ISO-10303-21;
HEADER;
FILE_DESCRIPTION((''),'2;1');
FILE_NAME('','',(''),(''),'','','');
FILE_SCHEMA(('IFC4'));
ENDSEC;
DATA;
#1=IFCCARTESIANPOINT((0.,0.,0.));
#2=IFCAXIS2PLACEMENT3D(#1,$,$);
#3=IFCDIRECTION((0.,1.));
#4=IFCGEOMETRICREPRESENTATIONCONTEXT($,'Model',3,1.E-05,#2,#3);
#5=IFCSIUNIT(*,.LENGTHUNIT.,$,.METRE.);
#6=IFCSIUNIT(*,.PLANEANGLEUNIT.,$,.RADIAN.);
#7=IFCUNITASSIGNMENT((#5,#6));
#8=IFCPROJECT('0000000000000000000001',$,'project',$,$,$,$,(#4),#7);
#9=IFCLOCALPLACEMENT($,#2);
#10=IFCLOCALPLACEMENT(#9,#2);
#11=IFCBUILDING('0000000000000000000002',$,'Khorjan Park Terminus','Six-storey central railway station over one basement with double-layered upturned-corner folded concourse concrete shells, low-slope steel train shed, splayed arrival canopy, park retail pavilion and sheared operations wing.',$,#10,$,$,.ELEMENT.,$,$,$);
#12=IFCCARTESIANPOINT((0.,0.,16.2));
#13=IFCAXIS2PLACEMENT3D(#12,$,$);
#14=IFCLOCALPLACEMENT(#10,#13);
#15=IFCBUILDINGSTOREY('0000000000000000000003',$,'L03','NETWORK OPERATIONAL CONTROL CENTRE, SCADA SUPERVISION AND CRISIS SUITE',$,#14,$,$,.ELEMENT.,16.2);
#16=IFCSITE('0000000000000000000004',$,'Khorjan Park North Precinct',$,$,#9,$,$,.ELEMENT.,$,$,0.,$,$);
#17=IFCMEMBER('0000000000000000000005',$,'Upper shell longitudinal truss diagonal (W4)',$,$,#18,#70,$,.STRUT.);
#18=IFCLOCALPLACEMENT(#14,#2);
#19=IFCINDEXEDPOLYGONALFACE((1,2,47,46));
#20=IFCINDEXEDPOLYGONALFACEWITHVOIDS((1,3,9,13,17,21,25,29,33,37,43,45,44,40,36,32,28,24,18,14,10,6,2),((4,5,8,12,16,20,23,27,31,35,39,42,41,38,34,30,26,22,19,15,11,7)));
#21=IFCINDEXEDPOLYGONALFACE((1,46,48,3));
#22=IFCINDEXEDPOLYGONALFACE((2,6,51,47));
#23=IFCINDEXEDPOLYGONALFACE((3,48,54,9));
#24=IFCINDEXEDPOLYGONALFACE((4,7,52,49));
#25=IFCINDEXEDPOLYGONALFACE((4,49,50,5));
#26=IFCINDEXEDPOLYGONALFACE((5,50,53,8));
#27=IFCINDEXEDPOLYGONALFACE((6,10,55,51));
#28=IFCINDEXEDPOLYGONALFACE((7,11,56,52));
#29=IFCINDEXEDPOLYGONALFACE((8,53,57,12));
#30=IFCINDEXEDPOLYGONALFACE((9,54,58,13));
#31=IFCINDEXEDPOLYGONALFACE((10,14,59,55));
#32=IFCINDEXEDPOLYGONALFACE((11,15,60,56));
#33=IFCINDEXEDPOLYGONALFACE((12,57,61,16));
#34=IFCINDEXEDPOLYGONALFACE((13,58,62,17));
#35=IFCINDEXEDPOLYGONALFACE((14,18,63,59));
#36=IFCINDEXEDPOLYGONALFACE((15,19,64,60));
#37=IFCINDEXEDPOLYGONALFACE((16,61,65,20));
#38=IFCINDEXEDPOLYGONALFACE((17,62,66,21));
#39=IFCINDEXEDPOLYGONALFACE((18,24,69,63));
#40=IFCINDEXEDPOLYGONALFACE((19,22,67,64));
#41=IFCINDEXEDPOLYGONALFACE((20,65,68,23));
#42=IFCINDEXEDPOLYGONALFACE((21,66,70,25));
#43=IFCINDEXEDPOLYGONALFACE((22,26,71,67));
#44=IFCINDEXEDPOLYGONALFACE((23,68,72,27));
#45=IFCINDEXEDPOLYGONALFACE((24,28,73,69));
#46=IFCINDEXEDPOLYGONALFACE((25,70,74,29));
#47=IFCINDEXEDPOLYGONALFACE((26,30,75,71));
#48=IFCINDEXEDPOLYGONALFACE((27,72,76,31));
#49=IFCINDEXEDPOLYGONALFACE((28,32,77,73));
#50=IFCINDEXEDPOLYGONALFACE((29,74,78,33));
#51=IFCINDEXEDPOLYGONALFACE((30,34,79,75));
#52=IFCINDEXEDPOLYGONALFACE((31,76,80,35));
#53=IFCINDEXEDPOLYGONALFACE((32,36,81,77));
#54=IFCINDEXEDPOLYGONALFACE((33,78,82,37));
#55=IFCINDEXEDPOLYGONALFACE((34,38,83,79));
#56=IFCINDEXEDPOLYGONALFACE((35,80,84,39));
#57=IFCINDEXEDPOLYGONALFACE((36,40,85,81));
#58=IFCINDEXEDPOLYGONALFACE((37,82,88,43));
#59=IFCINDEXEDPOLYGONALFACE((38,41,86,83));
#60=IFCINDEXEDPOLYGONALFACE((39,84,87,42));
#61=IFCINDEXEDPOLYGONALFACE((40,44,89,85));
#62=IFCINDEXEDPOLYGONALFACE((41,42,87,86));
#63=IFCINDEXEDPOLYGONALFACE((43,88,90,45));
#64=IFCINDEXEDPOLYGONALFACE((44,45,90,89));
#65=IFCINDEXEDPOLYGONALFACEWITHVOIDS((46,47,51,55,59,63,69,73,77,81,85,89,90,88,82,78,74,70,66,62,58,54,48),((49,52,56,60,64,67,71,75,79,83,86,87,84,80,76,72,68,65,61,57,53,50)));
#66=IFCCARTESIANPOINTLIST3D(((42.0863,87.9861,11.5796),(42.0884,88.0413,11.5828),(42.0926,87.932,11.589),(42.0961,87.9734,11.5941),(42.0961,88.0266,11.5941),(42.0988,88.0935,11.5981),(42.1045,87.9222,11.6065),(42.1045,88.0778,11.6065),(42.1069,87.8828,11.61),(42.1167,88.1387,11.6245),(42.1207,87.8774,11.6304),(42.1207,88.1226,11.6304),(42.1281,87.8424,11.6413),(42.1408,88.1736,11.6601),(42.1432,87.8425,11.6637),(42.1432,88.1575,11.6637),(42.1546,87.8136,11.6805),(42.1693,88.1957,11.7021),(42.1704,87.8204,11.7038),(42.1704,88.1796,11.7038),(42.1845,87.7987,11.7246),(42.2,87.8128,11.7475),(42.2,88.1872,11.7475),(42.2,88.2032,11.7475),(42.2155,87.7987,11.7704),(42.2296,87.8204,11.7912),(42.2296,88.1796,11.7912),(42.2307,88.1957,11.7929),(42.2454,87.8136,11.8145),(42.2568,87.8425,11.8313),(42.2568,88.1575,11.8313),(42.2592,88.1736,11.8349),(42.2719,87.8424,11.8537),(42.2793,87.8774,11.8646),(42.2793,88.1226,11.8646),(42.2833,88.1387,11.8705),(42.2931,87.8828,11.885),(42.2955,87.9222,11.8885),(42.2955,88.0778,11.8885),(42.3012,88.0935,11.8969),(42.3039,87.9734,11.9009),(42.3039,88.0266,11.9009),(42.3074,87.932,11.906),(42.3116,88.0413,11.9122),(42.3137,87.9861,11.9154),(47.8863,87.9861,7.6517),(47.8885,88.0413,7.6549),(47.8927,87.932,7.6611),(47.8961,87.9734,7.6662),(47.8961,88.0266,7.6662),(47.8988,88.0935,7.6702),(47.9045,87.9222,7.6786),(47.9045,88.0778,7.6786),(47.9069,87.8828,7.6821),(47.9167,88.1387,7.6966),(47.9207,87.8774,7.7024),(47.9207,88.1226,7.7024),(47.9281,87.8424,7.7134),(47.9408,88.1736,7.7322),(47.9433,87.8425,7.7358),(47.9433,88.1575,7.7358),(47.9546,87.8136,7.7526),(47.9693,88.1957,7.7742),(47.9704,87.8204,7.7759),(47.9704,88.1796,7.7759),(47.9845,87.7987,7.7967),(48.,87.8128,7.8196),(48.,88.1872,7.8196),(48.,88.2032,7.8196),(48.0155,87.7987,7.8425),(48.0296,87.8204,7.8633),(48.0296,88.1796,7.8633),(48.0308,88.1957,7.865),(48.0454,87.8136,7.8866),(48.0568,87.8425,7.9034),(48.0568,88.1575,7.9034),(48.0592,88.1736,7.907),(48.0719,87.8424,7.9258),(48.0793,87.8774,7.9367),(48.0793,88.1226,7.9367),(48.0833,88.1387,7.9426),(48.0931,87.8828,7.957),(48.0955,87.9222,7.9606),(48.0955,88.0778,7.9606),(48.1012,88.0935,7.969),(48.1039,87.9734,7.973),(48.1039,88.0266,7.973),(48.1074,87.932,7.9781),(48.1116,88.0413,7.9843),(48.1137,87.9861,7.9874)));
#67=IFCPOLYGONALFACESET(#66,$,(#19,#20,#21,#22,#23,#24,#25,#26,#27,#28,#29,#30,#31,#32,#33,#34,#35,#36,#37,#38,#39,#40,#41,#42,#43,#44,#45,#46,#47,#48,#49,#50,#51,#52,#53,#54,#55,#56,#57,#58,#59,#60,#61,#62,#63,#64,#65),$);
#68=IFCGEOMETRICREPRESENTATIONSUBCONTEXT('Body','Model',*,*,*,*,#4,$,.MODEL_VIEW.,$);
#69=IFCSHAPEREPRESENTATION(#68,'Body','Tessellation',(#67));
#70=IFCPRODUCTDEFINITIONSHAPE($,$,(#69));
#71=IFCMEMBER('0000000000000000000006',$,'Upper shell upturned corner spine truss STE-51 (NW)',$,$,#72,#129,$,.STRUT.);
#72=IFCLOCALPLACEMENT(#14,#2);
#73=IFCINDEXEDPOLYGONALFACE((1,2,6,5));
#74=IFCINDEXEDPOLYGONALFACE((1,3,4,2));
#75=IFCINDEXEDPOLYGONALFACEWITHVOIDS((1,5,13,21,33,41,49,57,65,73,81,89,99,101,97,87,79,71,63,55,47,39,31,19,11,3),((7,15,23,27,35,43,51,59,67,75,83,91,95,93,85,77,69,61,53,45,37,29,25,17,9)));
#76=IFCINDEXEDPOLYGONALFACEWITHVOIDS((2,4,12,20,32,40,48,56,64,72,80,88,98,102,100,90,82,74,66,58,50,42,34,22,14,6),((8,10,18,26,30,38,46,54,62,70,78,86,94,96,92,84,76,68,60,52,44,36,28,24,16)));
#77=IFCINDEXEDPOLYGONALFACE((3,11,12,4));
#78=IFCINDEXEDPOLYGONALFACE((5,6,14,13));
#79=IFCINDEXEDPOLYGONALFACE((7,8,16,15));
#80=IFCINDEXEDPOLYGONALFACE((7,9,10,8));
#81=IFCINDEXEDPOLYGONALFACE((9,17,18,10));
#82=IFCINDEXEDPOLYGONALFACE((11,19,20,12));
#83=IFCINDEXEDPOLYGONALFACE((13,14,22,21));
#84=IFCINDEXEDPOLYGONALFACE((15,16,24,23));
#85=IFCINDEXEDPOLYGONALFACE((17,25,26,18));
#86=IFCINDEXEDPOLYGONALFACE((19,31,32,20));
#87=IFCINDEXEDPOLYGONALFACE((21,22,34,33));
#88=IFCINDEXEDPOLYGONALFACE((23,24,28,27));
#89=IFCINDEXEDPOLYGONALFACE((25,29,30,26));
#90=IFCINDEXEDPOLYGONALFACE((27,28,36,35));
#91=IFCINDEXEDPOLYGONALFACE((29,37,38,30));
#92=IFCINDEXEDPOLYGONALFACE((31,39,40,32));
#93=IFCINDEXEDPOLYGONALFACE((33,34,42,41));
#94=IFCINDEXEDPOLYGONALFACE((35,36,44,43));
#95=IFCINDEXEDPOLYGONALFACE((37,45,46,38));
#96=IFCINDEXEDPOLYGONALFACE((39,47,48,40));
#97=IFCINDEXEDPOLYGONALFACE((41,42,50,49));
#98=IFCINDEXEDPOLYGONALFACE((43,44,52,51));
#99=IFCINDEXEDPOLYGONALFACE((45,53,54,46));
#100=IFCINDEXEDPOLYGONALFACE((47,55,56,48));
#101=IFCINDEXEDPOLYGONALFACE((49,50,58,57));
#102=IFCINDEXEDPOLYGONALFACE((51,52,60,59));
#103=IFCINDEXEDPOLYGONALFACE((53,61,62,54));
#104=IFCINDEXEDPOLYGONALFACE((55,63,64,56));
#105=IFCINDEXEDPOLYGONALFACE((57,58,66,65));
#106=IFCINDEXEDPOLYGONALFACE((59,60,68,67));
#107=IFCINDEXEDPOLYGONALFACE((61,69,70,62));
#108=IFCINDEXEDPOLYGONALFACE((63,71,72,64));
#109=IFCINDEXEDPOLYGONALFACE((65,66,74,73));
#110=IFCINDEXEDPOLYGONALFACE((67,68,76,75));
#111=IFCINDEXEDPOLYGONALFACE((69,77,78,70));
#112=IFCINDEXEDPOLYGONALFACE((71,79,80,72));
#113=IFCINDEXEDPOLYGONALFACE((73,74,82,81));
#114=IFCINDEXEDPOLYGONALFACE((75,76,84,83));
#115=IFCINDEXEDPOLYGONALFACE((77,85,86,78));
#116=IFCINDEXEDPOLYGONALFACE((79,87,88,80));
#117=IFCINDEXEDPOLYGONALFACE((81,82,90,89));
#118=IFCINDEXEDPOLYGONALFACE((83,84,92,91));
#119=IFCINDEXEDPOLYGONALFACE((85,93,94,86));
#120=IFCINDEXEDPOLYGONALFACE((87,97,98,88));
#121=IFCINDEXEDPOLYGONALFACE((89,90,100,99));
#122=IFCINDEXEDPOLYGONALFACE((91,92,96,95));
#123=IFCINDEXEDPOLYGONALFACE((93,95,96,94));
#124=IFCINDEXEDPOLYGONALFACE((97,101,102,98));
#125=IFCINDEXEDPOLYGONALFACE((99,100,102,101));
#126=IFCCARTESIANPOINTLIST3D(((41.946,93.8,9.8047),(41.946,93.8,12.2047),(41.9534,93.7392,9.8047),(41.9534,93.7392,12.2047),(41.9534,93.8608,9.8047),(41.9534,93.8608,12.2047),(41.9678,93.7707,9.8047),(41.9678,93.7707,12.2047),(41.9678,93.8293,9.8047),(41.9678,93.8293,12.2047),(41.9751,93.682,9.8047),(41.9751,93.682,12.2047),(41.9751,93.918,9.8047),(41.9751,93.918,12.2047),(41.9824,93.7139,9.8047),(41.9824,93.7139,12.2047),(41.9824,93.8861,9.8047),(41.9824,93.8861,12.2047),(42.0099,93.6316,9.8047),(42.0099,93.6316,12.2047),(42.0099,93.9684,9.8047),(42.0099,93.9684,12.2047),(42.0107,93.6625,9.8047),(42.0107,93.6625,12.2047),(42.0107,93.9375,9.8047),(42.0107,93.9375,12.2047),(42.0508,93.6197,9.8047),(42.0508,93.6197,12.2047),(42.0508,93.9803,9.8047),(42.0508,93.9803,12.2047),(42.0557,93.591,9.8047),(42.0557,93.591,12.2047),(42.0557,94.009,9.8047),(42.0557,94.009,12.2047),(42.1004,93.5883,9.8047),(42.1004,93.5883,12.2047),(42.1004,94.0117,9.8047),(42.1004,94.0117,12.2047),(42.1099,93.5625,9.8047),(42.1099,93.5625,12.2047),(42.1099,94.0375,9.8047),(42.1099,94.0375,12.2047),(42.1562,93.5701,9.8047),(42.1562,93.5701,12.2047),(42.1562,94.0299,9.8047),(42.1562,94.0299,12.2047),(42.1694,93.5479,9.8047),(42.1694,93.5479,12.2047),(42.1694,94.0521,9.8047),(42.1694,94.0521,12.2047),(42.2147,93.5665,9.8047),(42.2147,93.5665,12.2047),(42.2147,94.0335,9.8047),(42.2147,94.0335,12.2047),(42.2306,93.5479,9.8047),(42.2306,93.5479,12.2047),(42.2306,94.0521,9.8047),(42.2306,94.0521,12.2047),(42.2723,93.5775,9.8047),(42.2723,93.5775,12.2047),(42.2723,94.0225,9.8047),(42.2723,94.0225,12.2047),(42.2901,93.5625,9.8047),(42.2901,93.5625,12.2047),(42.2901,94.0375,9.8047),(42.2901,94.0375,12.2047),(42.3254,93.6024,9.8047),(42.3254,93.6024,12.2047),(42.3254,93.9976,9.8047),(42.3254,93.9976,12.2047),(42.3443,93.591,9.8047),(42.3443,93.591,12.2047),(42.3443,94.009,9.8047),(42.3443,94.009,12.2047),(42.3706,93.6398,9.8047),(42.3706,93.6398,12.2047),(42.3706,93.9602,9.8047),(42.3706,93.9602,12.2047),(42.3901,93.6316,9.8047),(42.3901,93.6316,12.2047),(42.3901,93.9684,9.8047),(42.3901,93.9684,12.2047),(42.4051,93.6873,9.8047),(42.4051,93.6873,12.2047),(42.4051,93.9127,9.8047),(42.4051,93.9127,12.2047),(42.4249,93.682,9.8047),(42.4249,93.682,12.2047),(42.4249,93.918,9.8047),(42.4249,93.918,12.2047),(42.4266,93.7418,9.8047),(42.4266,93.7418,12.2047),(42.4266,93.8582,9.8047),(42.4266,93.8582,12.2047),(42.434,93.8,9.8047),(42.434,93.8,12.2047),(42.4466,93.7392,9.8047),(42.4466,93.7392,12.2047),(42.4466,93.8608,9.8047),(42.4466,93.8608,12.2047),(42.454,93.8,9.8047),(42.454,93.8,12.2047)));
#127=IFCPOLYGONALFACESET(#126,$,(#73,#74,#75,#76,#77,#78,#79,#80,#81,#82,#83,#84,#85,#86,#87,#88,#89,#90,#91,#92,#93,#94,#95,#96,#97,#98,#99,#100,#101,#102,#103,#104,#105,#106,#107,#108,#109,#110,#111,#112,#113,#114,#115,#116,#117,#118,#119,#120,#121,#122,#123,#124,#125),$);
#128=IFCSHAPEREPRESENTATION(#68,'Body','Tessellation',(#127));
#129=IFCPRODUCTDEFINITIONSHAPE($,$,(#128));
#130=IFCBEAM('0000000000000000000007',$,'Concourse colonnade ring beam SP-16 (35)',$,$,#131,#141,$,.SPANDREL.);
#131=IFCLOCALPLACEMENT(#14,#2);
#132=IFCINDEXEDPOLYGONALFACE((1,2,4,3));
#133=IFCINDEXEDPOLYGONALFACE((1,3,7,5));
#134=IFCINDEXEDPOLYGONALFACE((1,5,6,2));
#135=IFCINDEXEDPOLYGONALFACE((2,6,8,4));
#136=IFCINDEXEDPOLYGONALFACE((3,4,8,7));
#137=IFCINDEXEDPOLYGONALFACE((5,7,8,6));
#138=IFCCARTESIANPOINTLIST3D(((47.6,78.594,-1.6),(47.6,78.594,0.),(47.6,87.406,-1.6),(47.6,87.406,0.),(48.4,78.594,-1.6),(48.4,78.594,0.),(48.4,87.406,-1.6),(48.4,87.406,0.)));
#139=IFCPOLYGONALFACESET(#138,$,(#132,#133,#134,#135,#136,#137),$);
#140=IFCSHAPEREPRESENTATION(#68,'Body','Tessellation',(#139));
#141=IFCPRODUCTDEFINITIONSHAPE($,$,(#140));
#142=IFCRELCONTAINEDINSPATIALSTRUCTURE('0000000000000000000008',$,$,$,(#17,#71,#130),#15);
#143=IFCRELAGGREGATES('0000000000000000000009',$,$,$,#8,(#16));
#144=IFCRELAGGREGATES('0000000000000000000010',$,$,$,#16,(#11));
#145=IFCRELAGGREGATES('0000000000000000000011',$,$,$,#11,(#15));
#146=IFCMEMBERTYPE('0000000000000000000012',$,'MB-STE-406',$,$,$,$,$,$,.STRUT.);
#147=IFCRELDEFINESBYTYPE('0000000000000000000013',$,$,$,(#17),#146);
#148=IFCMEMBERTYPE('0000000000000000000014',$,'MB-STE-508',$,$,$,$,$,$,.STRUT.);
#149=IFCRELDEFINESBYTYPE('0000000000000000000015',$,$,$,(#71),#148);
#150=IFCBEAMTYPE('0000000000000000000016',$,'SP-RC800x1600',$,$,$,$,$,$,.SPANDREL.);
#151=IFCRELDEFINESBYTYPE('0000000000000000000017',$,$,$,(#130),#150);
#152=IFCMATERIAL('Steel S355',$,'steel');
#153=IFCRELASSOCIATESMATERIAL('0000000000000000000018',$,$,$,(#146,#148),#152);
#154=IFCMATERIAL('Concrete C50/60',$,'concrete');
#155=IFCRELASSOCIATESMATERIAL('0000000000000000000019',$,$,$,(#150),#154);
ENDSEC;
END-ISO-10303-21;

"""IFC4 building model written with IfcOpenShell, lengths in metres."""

from ifc_helpers import new_model, si_unit, direction, frame, origin, origin_2d, place, context, subcontext, project, spatial, rectangle, hollow_circle, extrude, material, material_profile, profile_set, type_object, element, save


model = new_model("IFC4")

# Units and contexts
model_context = context("Model", 3, precision=1e-05, world=origin(), true_north=direction((0.0, 1.0)))
body_context = subcontext(model_context, "Body", "Model", "MODEL_VIEW")
ifc_project = project(units=[si_unit("LENGTHUNIT", "METRE"), si_unit("PLANEANGLEUNIT", "RADIAN")], contexts=[model_context])

# Site, building, storey
site_placement = place(None, origin())
site = spatial("IfcSite", under=ifc_project, at=site_placement, Name="Khorjan Park North Precinct", CompositionType="ELEMENT", RefElevation=0.0)
building_placement = place(site_placement, origin())
building = spatial("IfcBuilding", under=site, at=building_placement, Name="Khorjan Park Terminus", Description="Six-storey central railway station over one basement with double-layered upturned-corner folded concourse concrete shells, low-slope steel train shed, splayed arrival canopy, park retail pavilion and sheared operations wing.", CompositionType="ELEMENT")
storey_placement = place(building_placement, frame((0.0, 0.0, 16.2)))
storey = spatial("IfcBuildingStorey", under=building, at=storey_placement, Name="L03", Description="NETWORK OPERATIONAL CONTROL CENTRE, SCADA SUPERVISION AND CRISIS SUITE", CompositionType="ELEMENT", Elevation=16.2)

# Shared definitions
ifc_material_1 = material(Name="Concrete C50/60", Category="concrete")

# Members
ifc_material_2 = material(Name="Steel S355", Category="steel")
ifc_material_profile_1 = material_profile(ifc_material_2, hollow_circle(Radius=0.2032, WallThickness=0.016, at=origin_2d()), Name="CHS 406.4x16")
ifc_profile_set_1 = profile_set([ifc_material_profile_1], Name="Steel S355")
member_type_1 = type_object("IfcMemberType", Name="MB-STE-406", PredefinedType="STRUT", material=ifc_profile_set_1)
member_1_placement = place(storey_placement, frame((42.2, 88.0, 11.7475), z_axis=(0.827994, 0.0, -0.560737), x_axis=(0.0, 1.0, 0.0)))
element("IfcMember", 1, at=member_1_placement, inside=storey, type_object=member_type_1, Name="Upper shell longitudinal truss diagonal (W4)", PredefinedType="STRUT", context=body_context, shape_type="SweptSolid", body=[
    extrude(hollow_circle(Radius=0.2032, WallThickness=0.016, at=origin_2d()), origin(), (0.0, 0.0, 1.0), 7.0049),
])
ifc_material_profile_2 = material_profile(ifc_material_2, hollow_circle(Radius=0.254, WallThickness=0.02, at=origin_2d()), Name="CHS 508x20")
ifc_profile_set_2 = profile_set([ifc_material_profile_2], Name="Steel S355")
member_type_2 = type_object("IfcMemberType", Name="MB-STE-508", PredefinedType="STRUT", material=ifc_profile_set_2)
member_2_placement = place(storey_placement, frame((42.2, 93.8, 9.8047), z_axis=(0.0, 0.0, 1.0), x_axis=(1.0, 0.0, 0.0)))
element("IfcMember", 2, at=member_2_placement, inside=storey, type_object=member_type_2, Name="Upper shell upturned corner spine truss STE-51 (NW)", PredefinedType="STRUT", context=body_context, shape_type="SweptSolid", body=[
    extrude(hollow_circle(Radius=0.254, WallThickness=0.02, at=origin_2d()), origin(), (0.0, 0.0, 1.0), 2.4),
])

# Beam
ifc_material_profile_3 = material_profile(ifc_material_1, rectangle(XDim=0.8, YDim=1.6, at=origin_2d()), Name="RC 800x1600")
ifc_profile_set_3 = profile_set([ifc_material_profile_3], Name="Concrete C50/60")
beam_type_1 = type_object("IfcBeamType", Name="SP-RC800x1600", PredefinedType="SPANDREL", material=ifc_profile_set_3)
beam_1_placement = place(storey_placement, frame((48.0, 78.594, -0.8), z_axis=(0.0, 1.0, 0.0), x_axis=(-1.0, 0.0, 0.0)))
element("IfcBeam", 3, at=beam_1_placement, inside=storey, type_object=beam_type_1, Name="Concourse colonnade ring beam SP-16 (35)", PredefinedType="SPANDREL", context=body_context, shape_type="SweptSolid", body=[
    extrude(rectangle(XDim=0.8, YDim=1.6, at=origin_2d()), origin(), (0.0, 0.0, 1.0), 8.812),
])

save(model, "model.ifc")
